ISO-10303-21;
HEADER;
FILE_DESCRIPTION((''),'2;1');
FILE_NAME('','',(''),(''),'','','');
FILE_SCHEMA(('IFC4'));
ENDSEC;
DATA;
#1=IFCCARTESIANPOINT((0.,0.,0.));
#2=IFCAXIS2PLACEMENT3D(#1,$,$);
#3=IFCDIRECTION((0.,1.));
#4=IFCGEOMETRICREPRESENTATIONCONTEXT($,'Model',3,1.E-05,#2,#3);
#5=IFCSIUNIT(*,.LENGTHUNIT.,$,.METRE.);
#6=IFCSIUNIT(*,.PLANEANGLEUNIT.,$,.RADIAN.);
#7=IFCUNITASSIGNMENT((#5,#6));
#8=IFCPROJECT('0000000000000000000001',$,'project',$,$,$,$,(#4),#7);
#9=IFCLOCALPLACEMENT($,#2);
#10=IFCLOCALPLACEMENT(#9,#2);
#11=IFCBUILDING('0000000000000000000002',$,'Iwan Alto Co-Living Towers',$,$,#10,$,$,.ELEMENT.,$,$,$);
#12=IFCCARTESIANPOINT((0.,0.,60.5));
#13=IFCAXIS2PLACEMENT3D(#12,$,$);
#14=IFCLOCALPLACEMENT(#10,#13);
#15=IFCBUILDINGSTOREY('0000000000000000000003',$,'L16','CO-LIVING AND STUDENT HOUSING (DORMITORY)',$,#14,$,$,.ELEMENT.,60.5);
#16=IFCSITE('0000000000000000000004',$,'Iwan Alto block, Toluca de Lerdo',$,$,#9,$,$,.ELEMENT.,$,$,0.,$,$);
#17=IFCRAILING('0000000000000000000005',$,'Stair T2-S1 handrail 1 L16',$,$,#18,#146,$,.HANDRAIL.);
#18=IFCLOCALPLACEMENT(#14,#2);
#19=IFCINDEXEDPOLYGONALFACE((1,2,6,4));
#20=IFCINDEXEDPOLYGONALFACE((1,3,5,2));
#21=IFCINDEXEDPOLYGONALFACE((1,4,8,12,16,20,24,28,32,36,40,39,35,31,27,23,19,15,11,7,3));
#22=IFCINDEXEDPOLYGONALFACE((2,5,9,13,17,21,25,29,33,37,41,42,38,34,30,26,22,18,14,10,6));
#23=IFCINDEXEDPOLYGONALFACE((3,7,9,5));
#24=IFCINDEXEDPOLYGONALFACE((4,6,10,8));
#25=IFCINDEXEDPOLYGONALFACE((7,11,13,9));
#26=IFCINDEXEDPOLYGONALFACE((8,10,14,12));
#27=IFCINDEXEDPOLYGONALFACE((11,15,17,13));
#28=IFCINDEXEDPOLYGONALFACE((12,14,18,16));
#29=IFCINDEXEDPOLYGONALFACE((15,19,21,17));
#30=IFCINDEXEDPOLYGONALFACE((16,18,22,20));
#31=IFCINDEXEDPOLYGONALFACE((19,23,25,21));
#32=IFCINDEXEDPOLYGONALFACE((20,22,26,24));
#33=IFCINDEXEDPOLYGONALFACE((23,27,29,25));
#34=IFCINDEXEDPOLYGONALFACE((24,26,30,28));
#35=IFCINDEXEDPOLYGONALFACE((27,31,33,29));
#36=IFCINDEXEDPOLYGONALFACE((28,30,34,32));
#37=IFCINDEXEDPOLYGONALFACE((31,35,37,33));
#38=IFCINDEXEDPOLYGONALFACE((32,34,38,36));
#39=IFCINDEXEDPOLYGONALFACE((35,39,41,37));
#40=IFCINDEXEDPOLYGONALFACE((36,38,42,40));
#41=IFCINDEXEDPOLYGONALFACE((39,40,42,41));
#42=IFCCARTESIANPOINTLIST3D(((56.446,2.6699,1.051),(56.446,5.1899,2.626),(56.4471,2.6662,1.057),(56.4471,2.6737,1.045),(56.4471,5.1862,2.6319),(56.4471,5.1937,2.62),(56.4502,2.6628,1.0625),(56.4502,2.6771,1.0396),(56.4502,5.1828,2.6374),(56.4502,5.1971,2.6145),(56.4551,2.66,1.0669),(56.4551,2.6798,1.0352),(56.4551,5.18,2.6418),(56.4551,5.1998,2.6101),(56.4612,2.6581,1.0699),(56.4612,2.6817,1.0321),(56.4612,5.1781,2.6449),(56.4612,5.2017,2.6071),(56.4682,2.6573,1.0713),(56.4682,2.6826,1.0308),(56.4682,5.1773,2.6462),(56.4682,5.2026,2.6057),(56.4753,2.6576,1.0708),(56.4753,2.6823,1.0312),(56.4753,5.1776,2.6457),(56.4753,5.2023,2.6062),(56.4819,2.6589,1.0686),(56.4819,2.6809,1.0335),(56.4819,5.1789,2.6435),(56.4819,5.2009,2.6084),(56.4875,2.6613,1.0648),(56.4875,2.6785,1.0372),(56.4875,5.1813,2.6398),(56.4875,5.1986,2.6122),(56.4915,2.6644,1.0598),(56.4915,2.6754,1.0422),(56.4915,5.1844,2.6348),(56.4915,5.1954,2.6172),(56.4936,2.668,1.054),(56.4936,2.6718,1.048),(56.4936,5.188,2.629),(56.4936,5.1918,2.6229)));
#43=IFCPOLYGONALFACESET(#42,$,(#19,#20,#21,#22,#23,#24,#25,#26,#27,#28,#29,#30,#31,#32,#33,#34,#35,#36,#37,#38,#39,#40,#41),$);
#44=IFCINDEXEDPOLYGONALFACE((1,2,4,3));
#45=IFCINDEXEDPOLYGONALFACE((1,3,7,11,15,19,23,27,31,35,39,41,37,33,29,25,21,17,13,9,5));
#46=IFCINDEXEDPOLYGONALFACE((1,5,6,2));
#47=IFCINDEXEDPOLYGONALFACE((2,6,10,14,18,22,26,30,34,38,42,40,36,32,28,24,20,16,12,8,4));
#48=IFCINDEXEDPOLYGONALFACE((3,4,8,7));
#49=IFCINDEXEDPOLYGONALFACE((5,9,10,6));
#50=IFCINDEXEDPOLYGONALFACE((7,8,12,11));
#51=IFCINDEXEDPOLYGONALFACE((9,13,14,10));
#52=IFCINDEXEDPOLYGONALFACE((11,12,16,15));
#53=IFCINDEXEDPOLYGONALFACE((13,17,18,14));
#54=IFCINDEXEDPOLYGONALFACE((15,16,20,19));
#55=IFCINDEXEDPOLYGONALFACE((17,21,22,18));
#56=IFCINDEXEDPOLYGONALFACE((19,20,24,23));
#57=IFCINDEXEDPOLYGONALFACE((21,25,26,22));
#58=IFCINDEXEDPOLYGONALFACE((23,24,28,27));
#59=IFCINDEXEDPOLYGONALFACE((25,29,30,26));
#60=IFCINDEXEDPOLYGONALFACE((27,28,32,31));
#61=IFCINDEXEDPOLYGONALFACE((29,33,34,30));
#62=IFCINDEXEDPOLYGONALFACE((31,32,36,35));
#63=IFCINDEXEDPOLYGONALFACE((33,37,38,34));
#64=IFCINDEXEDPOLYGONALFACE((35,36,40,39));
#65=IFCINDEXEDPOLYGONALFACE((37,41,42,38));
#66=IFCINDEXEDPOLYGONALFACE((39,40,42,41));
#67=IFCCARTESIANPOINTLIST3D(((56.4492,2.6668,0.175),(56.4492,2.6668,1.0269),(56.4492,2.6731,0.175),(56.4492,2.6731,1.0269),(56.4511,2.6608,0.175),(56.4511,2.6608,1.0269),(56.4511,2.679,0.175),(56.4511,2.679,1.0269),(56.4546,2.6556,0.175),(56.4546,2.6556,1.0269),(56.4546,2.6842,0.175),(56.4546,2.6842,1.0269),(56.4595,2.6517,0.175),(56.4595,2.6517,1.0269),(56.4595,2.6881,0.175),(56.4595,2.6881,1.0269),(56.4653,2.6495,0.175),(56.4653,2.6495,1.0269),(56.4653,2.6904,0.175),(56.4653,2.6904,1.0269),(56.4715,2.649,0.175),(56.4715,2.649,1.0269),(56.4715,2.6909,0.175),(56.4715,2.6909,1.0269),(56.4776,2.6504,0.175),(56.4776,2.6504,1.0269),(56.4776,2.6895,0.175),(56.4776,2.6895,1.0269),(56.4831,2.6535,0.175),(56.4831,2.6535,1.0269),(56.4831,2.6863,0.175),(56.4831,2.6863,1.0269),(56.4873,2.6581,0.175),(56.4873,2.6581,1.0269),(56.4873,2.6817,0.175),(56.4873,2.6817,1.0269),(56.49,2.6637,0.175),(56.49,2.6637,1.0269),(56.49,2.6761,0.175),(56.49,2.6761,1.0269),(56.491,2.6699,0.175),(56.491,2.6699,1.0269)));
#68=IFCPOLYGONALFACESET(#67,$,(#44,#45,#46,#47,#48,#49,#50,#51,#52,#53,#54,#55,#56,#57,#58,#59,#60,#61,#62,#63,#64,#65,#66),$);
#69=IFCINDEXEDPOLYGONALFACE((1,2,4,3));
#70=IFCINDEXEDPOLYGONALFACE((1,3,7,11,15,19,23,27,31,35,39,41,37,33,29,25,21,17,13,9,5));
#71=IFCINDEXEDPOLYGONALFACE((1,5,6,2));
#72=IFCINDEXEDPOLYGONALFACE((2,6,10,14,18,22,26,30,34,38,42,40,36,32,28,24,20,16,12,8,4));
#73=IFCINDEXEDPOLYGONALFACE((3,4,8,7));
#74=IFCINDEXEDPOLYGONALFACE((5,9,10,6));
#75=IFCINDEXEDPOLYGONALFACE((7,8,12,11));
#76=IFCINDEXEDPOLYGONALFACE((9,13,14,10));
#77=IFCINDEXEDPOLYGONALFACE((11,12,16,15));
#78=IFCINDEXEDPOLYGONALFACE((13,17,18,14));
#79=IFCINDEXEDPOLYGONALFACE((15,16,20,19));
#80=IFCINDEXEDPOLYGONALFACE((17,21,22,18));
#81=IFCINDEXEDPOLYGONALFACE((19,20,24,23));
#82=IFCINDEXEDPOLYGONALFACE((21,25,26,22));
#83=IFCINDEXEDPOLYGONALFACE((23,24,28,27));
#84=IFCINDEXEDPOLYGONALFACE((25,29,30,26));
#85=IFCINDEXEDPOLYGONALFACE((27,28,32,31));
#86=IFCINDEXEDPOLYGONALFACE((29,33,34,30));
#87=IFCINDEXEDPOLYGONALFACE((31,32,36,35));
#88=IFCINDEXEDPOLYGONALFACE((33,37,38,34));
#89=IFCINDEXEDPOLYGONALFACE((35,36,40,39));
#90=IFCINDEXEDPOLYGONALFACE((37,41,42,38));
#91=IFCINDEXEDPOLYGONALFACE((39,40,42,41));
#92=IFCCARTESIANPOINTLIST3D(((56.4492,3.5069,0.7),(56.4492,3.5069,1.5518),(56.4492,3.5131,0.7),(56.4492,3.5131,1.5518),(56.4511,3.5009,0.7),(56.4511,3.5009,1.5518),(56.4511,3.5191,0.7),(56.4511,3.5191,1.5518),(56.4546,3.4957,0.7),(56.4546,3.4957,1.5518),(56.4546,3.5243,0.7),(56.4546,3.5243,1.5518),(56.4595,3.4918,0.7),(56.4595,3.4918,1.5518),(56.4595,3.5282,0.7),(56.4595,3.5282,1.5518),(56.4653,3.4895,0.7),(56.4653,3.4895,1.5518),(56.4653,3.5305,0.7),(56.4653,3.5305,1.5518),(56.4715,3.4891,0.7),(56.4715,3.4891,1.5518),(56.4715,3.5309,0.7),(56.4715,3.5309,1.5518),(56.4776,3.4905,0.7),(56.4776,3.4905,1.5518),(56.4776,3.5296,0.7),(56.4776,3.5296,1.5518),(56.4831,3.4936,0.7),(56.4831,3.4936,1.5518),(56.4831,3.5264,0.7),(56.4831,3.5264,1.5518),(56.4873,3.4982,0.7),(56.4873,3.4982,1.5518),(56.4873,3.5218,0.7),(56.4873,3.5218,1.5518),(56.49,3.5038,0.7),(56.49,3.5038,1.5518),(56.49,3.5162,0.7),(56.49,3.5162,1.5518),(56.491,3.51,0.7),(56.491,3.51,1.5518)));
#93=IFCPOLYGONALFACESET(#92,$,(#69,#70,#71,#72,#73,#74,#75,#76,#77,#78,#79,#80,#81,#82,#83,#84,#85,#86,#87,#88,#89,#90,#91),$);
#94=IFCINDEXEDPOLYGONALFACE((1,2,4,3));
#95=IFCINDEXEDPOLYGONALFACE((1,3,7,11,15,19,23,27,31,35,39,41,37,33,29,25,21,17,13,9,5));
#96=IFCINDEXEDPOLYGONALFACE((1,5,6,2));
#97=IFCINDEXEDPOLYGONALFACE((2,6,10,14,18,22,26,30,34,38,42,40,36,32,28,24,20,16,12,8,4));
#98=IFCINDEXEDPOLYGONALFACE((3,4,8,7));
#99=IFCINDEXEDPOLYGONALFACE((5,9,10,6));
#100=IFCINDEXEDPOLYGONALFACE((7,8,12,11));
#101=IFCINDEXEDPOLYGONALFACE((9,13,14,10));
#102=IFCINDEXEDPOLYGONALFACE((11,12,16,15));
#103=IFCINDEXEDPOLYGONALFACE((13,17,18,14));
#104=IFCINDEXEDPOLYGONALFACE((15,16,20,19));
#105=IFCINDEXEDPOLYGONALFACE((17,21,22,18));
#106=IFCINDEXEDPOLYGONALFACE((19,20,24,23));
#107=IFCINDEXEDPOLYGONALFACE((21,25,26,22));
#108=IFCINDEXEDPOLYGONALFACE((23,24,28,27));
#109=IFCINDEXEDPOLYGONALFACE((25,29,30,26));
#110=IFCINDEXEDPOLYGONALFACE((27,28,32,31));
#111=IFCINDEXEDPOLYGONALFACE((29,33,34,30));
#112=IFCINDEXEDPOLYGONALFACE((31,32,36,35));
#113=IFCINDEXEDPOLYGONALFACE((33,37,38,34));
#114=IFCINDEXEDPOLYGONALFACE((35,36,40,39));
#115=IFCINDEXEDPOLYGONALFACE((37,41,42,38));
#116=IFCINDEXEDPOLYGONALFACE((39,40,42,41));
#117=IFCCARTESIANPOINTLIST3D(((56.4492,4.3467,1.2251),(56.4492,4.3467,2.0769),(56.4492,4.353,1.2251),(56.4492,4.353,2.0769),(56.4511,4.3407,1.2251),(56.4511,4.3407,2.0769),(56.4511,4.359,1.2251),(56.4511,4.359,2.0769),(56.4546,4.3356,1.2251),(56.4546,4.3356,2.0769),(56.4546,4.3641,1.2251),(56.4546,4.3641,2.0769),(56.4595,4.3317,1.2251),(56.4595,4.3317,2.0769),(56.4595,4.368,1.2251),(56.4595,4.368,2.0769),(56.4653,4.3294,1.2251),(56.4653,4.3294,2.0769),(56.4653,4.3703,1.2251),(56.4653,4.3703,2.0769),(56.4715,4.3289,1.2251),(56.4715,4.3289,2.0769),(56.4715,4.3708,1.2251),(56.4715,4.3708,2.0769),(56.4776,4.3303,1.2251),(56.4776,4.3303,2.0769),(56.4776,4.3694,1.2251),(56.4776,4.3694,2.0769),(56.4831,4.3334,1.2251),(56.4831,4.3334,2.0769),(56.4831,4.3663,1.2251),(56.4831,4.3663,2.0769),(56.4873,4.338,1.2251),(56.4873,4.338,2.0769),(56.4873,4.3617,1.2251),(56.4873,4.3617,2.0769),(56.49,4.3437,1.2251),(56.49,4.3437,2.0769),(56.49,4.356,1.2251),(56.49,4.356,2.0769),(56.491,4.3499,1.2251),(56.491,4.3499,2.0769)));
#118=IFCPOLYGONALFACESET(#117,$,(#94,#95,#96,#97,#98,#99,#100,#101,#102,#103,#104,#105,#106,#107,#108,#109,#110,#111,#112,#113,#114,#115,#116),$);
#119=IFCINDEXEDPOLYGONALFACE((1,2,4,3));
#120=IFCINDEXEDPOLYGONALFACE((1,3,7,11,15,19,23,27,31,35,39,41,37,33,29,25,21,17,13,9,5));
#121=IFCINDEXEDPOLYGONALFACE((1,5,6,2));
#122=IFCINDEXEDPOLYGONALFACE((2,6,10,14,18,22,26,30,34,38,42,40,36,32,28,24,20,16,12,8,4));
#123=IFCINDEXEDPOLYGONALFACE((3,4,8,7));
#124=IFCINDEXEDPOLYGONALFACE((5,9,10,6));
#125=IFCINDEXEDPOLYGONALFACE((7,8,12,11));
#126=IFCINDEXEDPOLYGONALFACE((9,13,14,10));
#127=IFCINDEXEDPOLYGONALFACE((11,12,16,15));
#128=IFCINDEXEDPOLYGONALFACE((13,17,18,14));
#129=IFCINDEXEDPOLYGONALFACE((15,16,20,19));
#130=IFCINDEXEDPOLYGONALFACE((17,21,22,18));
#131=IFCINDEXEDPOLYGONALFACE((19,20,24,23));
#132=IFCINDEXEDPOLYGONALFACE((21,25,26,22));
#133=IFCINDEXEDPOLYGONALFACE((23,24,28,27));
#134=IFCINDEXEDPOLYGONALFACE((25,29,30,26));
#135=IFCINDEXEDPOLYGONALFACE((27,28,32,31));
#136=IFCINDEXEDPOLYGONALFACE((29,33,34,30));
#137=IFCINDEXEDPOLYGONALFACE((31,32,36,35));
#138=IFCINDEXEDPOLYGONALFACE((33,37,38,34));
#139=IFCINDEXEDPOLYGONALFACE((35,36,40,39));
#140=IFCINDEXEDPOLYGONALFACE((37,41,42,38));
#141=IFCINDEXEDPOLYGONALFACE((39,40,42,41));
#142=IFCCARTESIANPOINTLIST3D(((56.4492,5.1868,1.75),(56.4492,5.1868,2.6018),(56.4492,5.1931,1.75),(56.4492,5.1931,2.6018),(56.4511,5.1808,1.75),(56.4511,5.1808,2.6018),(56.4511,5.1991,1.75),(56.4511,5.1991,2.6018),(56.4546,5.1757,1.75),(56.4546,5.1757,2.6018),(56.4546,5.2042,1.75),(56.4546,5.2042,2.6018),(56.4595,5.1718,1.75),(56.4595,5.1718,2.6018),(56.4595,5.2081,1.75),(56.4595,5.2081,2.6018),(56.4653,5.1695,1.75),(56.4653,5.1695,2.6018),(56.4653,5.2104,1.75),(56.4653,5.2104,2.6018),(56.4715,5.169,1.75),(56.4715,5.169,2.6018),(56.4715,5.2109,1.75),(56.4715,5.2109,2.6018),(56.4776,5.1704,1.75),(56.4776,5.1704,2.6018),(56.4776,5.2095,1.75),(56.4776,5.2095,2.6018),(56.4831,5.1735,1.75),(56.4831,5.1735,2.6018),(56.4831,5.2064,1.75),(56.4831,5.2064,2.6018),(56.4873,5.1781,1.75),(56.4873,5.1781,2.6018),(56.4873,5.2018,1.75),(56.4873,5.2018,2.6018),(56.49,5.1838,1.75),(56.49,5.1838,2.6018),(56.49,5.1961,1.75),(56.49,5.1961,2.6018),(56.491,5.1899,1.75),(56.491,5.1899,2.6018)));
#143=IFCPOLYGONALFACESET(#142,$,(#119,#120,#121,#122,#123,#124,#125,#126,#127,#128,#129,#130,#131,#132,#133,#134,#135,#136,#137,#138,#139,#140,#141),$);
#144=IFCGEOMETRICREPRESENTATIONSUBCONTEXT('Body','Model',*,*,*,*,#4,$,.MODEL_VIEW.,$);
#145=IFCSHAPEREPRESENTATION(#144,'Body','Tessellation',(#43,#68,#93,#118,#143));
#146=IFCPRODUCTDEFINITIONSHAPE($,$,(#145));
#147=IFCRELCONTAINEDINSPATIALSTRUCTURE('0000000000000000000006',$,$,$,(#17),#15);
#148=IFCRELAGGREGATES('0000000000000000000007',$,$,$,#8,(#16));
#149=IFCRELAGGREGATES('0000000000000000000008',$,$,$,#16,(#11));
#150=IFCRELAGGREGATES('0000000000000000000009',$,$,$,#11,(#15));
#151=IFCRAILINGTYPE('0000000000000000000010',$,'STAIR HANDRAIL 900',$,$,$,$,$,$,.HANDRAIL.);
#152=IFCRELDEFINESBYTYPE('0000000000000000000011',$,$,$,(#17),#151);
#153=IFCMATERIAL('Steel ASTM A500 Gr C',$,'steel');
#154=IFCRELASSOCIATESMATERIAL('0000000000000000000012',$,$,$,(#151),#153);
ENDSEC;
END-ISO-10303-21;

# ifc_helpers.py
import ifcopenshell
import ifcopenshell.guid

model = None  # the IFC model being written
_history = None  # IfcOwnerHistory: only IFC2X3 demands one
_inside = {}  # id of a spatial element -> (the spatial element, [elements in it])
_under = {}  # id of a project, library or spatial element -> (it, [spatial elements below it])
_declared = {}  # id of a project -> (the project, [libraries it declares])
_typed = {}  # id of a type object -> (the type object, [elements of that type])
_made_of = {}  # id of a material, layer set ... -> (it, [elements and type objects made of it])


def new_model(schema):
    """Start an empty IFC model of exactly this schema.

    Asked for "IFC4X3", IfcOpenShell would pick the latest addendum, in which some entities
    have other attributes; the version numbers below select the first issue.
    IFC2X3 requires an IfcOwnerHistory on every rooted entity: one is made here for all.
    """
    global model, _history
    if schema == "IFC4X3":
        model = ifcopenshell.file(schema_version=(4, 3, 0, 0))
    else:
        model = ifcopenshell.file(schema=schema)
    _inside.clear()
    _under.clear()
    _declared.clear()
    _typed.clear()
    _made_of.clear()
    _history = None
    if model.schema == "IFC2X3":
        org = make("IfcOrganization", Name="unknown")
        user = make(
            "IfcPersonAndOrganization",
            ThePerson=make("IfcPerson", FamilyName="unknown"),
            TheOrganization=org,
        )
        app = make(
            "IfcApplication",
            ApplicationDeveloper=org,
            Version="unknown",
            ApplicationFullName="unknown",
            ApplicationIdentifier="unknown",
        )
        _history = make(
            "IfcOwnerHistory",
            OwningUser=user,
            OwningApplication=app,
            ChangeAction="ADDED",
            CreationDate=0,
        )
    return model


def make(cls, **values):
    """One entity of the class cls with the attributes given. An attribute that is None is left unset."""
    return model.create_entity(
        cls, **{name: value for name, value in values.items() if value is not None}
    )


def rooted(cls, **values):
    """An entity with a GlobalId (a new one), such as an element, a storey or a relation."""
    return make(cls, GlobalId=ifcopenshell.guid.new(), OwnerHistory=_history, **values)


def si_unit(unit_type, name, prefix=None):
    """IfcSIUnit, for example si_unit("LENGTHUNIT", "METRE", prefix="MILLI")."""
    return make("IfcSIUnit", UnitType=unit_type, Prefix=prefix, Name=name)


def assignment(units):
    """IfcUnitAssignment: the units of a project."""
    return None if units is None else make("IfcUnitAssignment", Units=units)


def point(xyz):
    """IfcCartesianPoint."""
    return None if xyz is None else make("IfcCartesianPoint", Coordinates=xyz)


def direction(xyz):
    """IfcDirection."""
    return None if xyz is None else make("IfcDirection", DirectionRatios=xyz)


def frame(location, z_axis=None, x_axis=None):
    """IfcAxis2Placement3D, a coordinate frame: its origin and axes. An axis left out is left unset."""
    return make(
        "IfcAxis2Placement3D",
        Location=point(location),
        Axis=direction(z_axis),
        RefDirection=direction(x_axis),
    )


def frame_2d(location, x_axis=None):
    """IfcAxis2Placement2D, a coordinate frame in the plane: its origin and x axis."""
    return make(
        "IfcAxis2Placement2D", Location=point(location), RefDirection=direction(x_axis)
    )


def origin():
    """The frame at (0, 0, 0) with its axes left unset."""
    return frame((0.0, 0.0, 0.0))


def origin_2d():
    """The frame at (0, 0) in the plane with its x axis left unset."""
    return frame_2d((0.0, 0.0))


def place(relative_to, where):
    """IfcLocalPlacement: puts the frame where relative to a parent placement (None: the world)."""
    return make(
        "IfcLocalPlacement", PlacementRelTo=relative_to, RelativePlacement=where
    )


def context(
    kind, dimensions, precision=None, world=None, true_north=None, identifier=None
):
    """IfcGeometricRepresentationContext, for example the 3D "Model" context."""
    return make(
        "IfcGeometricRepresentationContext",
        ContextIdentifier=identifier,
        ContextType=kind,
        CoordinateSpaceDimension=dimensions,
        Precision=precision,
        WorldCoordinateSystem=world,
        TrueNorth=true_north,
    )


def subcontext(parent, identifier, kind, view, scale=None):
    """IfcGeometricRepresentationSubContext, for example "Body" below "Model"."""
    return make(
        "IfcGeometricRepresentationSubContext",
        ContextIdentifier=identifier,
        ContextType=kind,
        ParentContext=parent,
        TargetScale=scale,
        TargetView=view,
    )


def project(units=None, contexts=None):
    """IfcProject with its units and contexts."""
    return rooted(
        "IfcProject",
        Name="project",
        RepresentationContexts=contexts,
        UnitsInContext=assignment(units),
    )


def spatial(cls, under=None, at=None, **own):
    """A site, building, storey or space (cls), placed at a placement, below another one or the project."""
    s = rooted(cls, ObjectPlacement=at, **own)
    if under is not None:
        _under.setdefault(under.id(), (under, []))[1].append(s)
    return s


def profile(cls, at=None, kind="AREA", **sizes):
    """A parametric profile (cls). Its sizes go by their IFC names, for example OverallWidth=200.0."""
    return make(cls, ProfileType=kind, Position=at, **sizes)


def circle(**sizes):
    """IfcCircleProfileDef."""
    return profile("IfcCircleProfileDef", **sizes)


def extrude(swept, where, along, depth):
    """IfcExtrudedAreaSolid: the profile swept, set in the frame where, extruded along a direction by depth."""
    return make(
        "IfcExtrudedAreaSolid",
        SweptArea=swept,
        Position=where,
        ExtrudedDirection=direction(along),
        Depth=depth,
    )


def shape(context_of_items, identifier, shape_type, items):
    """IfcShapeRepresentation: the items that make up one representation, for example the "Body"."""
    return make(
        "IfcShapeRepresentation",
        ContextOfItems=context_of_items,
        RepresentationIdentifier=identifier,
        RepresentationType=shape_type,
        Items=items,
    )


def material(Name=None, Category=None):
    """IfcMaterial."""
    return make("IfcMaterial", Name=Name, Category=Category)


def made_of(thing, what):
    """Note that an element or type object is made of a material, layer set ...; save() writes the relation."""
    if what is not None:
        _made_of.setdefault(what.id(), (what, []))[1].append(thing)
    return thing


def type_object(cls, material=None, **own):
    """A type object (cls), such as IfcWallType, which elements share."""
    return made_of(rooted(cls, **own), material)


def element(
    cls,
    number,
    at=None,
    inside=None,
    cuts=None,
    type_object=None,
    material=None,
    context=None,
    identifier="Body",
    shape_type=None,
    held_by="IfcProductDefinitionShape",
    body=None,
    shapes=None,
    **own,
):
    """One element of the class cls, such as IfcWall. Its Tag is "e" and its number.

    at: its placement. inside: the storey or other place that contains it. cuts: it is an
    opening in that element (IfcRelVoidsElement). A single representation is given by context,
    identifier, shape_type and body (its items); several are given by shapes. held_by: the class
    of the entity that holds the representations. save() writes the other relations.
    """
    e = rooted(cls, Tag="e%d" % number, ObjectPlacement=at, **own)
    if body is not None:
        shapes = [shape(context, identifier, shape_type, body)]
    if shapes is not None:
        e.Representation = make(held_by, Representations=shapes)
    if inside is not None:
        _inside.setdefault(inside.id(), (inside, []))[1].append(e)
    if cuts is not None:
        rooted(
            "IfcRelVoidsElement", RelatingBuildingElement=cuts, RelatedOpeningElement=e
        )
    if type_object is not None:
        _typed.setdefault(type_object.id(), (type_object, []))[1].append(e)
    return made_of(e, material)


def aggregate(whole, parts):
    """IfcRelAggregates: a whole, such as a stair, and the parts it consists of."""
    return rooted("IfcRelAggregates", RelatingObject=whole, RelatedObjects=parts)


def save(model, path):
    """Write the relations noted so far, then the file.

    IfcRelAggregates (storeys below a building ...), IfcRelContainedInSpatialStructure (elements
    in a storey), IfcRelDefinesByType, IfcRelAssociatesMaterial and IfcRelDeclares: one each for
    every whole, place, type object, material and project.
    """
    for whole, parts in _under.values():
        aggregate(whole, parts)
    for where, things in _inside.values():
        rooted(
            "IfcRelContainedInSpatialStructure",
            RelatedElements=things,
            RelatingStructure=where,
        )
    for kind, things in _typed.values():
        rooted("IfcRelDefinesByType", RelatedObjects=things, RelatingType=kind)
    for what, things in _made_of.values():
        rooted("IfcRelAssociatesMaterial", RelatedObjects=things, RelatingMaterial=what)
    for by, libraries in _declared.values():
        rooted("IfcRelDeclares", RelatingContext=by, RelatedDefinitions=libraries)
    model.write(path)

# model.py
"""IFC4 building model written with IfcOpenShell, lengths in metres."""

from ifc_helpers import new_model, si_unit, direction, frame, origin, origin_2d, place, context, subcontext, project, spatial, circle, extrude, material, type_object, element, save


model = new_model("IFC4")

# Units and contexts
model_context = context("Model", 3, precision=1e-05, world=origin(), true_north=direction((0.0, 1.0)))
body_context = subcontext(model_context, "Body", "Model", "MODEL_VIEW")
ifc_project = project(units=[si_unit("LENGTHUNIT", "METRE"), si_unit("PLANEANGLEUNIT", "RADIAN")], contexts=[model_context])

# Site, building, storey
site_placement = place(None, origin())
site = spatial("IfcSite", under=ifc_project, at=site_placement, Name="Iwan Alto block, Toluca de Lerdo", CompositionType="ELEMENT", RefElevation=0.0)
building_placement = place(site_placement, origin())
building = spatial("IfcBuilding", under=site, at=building_placement, Name="Iwan Alto Co-Living Towers", CompositionType="ELEMENT")
storey_placement = place(building_placement, frame((0.0, 0.0, 60.5)))
storey = spatial("IfcBuildingStorey", under=building, at=storey_placement, Name="L16", Description="CO-LIVING AND STUDENT HOUSING (DORMITORY)", CompositionType="ELEMENT", Elevation=60.5)

# Railing
ifc_material_1 = material(Name="Steel ASTM A500 Gr C", Category="steel")
railing_type_1 = type_object("IfcRailingType", Name="STAIR HANDRAIL 900", PredefinedType="HANDRAIL", material=ifc_material_1)
railing_1_placement = place(storey_placement, frame((56.47, 2.6699, 0.175)))
element("IfcRailing", 1, at=railing_1_placement, inside=storey, type_object=railing_type_1, Name="Stair T2-S1 handrail 1 L16", PredefinedType="HANDRAIL", context=body_context, shape_type="SweptSolid", body=[
    extrude(circle(Radius=0.0239, at=origin_2d()), frame((0.0, 0.0, 0.876), z_axis=(0.0, 0.848008, 0.529984), x_axis=(-1.0, 0.0, 0.0)), (0.0, 0.0, 1.0), 2.9717),
    extrude(circle(Radius=0.021, at=origin_2d()), origin(), (0.0, 0.0, 1.0), 0.8518),
    extrude(circle(Radius=0.021, at=origin_2d()), frame((0.0, 0.8401, 0.5249)), (0.0, 0.0, 1.0), 0.8518),
    extrude(circle(Radius=0.021, at=origin_2d()), frame((0.0, 1.6799, 1.05)), (0.0, 0.0, 1.0), 0.8518),
    extrude(circle(Radius=0.021, at=origin_2d()), frame((0.0, 2.52, 1.575)), (0.0, 0.0, 1.0), 0.8518),
])

save(model, "model.ifc")
